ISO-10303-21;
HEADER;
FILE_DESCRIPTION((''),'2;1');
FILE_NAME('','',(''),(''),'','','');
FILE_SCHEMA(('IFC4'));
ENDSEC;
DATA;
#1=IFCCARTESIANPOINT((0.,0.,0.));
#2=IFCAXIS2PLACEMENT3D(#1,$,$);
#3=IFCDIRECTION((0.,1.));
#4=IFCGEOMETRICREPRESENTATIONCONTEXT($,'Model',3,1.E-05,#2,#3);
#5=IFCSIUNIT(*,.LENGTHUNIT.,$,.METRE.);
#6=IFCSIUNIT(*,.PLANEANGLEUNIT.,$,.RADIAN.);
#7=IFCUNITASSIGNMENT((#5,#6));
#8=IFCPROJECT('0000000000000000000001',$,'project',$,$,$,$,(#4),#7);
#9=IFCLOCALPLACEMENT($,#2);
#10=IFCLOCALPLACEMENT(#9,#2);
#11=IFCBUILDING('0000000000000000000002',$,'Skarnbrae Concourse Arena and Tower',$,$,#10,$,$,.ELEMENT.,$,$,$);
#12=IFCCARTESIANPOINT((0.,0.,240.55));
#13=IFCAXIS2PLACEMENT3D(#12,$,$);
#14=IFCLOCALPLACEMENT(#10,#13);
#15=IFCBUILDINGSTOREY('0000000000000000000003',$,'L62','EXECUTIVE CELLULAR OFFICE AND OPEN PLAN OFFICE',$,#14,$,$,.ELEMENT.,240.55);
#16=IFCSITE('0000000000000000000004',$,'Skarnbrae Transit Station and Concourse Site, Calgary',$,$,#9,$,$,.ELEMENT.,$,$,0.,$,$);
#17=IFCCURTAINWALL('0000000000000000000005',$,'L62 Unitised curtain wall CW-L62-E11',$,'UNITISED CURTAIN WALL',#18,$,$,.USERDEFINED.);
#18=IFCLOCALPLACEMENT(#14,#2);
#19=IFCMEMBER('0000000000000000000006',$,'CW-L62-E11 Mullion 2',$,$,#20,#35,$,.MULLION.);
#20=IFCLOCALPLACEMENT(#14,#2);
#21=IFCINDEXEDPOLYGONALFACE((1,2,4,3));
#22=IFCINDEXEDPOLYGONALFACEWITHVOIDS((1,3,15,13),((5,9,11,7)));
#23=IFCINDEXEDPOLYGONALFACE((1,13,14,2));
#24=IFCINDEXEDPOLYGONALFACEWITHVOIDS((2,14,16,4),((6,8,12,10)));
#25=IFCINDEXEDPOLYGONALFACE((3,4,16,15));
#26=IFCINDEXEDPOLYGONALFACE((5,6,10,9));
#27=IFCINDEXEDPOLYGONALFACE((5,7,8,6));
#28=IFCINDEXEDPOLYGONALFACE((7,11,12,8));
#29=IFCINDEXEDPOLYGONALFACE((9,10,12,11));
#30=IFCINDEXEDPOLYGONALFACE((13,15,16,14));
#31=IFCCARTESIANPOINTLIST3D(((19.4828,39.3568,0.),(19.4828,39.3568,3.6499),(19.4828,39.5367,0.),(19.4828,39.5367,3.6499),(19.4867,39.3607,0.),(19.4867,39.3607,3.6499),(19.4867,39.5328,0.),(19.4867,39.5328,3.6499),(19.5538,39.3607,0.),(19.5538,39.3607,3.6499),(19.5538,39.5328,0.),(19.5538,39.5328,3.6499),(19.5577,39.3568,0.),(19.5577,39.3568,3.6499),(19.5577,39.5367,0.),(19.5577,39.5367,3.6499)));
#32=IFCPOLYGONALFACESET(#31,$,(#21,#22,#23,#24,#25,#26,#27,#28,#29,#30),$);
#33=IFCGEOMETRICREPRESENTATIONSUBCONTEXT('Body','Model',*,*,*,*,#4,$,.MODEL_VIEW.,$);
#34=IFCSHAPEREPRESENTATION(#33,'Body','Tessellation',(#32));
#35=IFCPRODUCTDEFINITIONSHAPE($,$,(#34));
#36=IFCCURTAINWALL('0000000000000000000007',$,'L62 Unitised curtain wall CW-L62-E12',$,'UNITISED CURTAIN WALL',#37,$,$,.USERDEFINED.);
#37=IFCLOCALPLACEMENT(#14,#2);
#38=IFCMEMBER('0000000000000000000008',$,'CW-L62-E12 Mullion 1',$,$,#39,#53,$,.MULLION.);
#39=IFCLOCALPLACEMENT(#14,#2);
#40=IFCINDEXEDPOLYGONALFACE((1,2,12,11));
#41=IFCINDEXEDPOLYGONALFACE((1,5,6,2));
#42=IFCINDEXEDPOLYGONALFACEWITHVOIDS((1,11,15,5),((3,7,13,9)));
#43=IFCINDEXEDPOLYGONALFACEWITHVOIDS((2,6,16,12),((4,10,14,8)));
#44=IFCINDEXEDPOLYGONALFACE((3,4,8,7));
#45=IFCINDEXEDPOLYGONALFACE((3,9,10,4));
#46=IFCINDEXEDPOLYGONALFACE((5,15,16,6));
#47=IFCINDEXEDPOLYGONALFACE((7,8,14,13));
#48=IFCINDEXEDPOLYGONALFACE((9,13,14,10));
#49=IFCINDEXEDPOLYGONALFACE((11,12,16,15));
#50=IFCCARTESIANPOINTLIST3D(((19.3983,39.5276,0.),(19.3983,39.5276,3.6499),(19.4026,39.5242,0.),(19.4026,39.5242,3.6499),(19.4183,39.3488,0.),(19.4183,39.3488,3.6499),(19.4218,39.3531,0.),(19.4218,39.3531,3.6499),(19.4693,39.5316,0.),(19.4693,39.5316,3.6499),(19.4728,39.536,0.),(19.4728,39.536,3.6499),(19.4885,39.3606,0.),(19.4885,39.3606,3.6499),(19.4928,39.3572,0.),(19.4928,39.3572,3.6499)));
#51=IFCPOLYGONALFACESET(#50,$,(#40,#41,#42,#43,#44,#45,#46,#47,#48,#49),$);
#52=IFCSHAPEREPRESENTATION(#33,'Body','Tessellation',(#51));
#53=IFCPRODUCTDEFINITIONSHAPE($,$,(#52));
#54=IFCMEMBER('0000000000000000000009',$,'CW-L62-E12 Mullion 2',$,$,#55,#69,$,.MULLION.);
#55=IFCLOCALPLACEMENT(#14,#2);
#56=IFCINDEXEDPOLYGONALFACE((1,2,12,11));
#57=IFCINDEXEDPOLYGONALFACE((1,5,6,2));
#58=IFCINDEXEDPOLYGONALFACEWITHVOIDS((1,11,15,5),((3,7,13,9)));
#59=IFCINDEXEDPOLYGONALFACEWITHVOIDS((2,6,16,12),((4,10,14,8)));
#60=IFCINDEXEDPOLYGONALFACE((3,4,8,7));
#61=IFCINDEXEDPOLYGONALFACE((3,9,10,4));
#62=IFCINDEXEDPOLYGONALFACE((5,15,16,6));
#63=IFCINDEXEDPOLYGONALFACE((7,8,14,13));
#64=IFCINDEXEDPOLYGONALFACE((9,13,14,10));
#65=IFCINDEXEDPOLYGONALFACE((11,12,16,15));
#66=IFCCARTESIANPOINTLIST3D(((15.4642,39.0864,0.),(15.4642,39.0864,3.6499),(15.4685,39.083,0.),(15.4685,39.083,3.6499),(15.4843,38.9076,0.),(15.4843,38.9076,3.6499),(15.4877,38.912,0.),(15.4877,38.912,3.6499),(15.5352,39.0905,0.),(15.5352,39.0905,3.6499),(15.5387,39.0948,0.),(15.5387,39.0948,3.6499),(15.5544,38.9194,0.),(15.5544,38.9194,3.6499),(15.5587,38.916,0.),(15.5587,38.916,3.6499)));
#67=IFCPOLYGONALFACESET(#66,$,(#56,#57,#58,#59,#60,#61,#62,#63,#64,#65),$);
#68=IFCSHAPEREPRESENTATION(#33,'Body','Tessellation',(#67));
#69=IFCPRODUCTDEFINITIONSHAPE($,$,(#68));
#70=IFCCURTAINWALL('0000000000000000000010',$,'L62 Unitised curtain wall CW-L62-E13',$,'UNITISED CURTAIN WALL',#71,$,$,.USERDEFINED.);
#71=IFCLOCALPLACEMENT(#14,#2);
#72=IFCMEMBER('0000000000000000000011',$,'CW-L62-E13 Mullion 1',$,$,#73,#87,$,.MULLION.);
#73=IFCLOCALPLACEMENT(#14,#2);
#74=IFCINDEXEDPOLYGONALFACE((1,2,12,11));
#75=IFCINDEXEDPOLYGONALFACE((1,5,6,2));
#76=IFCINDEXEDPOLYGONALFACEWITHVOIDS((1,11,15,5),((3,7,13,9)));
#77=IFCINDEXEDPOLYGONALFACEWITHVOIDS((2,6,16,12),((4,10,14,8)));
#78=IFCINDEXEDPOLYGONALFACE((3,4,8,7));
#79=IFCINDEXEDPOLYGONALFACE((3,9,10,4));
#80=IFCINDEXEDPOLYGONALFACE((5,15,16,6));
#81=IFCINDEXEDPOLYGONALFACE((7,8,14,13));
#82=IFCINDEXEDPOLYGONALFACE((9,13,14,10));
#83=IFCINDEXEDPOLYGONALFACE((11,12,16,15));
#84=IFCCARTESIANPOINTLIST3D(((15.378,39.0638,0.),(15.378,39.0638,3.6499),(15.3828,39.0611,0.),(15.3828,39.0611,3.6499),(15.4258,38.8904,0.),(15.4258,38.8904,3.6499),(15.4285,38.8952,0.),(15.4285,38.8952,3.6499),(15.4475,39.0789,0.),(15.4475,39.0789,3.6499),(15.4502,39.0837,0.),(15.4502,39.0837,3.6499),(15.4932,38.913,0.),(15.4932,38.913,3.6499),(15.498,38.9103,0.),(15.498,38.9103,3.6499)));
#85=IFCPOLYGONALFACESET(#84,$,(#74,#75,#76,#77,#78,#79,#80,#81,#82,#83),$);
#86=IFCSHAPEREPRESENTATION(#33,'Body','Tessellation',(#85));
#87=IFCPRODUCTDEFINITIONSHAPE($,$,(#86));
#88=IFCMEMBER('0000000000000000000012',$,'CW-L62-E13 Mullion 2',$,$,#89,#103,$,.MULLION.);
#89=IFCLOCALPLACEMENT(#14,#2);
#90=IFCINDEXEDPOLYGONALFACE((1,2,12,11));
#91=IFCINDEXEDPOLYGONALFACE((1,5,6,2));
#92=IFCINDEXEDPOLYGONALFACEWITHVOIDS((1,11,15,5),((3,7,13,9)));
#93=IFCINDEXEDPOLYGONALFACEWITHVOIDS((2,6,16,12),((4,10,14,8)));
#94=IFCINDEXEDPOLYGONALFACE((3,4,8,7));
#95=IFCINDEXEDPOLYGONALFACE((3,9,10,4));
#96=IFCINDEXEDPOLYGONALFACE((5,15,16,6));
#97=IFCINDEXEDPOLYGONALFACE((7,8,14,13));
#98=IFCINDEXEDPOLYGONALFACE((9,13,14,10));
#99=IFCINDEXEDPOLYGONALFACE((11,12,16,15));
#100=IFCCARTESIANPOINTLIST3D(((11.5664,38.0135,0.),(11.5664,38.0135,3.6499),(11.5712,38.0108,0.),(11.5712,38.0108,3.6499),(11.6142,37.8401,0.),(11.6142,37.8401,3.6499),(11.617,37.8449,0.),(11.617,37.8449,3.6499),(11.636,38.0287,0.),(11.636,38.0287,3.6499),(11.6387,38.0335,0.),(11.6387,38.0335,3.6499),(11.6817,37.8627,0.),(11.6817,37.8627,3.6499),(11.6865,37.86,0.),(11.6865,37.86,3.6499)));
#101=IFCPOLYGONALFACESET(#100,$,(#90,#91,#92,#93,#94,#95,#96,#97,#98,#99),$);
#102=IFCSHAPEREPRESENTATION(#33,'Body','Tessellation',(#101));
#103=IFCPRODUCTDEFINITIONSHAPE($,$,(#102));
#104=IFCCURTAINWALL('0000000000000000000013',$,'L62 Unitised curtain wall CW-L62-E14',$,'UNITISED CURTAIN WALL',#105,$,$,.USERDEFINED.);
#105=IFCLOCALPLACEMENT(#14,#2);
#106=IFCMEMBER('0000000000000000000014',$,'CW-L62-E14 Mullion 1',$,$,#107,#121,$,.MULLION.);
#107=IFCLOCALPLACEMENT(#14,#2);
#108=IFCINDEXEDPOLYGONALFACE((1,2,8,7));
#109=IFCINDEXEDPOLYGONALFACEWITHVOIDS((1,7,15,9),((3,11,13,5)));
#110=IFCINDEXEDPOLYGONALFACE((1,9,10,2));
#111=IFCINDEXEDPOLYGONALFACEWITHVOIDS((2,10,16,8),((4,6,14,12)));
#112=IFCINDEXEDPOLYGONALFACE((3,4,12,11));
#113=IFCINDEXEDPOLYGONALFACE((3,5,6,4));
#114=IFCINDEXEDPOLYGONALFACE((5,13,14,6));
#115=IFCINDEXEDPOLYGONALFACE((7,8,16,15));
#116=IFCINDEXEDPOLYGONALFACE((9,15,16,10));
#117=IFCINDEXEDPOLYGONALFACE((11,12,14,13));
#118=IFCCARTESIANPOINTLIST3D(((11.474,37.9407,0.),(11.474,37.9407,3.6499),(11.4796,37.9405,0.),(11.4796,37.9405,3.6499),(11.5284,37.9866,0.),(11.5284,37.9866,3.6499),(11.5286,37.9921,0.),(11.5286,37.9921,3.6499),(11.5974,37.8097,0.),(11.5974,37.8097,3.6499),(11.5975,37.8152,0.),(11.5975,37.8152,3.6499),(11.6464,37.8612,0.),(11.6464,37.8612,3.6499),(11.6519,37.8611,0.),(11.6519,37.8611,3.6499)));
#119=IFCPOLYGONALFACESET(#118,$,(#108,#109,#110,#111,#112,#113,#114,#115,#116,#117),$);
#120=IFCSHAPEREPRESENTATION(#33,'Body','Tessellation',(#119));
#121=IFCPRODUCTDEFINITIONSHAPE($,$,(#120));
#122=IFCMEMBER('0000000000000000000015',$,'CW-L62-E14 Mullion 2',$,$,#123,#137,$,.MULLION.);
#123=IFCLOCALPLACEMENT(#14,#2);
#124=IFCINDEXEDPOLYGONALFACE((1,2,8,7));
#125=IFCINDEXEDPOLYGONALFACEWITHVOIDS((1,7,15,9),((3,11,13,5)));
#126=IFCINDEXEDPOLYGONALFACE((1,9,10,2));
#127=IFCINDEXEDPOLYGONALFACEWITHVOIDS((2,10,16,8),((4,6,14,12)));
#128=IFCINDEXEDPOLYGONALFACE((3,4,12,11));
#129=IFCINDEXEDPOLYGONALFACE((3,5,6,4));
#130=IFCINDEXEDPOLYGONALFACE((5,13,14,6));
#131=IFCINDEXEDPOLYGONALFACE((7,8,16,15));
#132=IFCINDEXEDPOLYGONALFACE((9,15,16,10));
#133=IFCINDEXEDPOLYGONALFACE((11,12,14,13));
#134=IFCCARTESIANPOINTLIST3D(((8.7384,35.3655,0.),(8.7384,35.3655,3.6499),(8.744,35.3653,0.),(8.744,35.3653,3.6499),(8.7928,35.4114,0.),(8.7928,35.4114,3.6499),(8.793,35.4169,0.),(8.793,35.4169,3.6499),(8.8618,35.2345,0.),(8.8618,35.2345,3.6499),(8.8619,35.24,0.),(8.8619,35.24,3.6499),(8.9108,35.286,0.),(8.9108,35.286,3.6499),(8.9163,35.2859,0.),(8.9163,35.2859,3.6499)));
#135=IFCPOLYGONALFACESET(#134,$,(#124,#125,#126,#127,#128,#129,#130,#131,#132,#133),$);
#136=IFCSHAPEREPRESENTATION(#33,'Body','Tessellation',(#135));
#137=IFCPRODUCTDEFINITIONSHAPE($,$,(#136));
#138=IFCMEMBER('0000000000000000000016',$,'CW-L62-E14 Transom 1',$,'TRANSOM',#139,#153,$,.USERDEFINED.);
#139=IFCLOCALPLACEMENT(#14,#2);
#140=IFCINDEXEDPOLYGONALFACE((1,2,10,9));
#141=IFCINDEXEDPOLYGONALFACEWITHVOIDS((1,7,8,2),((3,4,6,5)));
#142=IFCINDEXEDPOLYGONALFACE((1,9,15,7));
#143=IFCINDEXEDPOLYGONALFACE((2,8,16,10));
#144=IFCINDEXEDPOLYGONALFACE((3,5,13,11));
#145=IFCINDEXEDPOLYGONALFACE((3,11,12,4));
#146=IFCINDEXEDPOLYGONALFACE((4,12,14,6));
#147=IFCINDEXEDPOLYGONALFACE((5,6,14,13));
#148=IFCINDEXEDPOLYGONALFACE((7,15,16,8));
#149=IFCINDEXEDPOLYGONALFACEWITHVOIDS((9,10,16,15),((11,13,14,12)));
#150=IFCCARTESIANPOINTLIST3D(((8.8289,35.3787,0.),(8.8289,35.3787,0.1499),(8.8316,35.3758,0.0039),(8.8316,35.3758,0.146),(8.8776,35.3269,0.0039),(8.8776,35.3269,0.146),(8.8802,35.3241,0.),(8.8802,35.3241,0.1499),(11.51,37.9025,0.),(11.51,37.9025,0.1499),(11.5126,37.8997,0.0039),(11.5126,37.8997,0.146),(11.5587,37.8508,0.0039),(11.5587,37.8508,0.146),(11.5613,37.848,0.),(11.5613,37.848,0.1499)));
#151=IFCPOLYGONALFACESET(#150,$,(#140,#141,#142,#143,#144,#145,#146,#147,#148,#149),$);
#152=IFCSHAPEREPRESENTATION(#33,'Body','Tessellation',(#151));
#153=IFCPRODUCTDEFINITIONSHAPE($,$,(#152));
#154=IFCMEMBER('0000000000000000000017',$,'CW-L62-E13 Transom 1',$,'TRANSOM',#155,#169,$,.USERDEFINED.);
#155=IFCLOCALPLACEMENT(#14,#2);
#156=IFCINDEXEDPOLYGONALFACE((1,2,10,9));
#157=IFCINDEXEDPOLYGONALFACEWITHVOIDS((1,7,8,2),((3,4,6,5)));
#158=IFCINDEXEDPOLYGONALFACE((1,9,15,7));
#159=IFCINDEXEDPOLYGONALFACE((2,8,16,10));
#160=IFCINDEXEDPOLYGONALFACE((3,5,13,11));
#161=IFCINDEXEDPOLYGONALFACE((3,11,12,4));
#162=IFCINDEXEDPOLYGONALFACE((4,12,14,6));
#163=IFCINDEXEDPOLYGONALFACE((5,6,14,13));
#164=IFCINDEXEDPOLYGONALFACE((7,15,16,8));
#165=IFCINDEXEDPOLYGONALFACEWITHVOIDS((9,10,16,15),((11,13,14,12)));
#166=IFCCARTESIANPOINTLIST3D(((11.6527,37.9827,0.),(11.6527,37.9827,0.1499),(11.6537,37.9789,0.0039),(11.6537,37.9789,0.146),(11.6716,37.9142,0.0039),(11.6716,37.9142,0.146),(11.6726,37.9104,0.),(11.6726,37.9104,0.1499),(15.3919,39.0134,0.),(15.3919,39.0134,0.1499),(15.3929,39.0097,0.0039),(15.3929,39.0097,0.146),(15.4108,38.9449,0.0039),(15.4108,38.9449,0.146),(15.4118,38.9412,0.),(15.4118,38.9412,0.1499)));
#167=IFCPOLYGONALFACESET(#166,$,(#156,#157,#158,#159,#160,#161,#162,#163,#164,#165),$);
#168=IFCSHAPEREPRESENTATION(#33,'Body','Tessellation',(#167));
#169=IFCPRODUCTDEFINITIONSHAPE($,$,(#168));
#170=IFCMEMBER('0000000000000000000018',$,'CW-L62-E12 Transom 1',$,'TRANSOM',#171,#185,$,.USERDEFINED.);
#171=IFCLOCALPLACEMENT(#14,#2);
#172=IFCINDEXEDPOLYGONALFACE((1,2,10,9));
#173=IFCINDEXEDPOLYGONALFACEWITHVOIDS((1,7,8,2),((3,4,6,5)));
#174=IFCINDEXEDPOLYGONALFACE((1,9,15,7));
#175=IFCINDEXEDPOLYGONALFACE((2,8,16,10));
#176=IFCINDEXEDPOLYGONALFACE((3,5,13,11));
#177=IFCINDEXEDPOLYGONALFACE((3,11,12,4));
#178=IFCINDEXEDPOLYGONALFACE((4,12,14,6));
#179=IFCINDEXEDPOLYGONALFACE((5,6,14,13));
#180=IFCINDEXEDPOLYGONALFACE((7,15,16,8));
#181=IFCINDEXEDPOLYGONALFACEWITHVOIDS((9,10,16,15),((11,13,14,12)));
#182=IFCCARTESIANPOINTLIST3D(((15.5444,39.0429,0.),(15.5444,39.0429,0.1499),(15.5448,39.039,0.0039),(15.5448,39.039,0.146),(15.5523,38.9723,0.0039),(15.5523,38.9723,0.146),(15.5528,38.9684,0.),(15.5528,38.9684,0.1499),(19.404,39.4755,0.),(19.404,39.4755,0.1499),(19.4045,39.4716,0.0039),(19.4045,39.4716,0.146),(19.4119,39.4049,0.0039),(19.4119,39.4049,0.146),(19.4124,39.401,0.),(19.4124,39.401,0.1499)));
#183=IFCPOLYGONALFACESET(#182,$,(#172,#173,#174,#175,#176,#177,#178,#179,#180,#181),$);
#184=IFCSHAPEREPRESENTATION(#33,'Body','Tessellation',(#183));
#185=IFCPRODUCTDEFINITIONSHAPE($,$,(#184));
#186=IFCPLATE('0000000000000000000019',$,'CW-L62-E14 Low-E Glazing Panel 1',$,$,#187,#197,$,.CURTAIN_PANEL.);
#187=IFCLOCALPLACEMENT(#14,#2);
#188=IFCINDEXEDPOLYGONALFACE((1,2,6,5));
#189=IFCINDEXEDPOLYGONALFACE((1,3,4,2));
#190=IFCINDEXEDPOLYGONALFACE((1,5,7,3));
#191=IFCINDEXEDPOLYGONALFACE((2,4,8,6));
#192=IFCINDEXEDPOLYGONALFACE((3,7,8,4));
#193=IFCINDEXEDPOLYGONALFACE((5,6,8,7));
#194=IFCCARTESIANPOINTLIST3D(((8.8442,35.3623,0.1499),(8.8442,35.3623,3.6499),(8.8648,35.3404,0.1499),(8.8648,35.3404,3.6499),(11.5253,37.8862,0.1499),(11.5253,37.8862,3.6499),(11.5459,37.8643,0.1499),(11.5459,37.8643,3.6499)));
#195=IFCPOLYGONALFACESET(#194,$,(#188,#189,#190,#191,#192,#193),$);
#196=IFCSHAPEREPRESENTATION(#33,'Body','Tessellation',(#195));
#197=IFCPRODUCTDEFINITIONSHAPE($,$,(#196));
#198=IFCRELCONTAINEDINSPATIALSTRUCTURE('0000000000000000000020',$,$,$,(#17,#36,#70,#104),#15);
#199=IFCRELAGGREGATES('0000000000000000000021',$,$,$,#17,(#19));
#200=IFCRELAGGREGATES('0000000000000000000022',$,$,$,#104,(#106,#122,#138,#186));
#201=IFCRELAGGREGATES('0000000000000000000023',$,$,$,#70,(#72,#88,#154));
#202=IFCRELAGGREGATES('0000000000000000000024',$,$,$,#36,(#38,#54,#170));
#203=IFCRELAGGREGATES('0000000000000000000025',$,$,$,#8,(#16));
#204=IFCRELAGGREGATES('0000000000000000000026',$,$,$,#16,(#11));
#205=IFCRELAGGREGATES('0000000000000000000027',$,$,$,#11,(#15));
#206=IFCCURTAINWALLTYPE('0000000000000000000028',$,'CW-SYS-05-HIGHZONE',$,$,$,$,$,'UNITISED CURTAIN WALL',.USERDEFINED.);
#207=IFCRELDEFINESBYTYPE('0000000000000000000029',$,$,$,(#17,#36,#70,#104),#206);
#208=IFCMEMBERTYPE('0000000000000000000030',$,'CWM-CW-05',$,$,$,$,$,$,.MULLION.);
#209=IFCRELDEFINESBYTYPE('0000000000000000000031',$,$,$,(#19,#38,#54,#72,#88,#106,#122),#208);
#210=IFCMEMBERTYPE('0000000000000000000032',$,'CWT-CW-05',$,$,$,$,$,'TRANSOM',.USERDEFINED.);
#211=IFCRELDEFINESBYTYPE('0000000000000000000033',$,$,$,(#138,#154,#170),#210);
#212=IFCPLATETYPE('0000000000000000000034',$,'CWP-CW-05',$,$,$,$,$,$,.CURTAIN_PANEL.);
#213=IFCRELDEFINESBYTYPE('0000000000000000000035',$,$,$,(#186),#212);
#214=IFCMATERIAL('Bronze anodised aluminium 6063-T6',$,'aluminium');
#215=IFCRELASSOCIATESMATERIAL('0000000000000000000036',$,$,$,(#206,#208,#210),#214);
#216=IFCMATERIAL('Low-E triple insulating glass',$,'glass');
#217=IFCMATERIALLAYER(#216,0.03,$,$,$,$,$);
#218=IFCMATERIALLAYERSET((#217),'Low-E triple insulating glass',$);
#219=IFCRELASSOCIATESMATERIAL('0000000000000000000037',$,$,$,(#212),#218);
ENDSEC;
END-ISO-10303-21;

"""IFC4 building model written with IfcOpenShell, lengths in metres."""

from ifc_helpers import new_model, si_unit, direction, frame, origin, origin_2d, place, context, subcontext, project, spatial, rectangle, hollow_rectangle, extrude, source, transform, mapped, material, layer, layer_set, material_profile, profile_set, type_object, element, aggregate, save


model = new_model("IFC4")

# Units and contexts
model_context = context("Model", 3, precision=1e-05, world=origin(), true_north=direction((0.0, 1.0)))
body_context = subcontext(model_context, "Body", "Model", "MODEL_VIEW")
ifc_project = project(units=[si_unit("LENGTHUNIT", "METRE"), si_unit("PLANEANGLEUNIT", "RADIAN")], contexts=[model_context])

# Site, building, storey
site_placement = place(None, origin())
site = spatial("IfcSite", under=ifc_project, at=site_placement, Name="Skarnbrae Transit Station and Concourse Site, Calgary", CompositionType="ELEMENT", RefElevation=0.0)
building_placement = place(site_placement, origin())
building = spatial("IfcBuilding", under=site, at=building_placement, Name="Skarnbrae Concourse Arena and Tower", CompositionType="ELEMENT")
storey_placement = place(building_placement, frame((0.0, 0.0, 240.55)))
storey = spatial("IfcBuildingStorey", under=building, at=storey_placement, Name="L62", Description="EXECUTIVE CELLULAR OFFICE AND OPEN PLAN OFFICE", CompositionType="ELEMENT", Elevation=240.55)

# Curtain wall, member
ifc_material_1 = material(Name="Bronze anodised aluminium 6063-T6", Category="aluminium")
curtain_wall_type = type_object("IfcCurtainWallType", Name="CW-SYS-05-HIGHZONE", ElementType="UNITISED CURTAIN WALL", PredefinedType="USERDEFINED", material=ifc_material_1)
curtain_wall_1_placement = place(storey_placement, origin())
curtain_wall_1 = element("IfcCurtainWall", 1, at=curtain_wall_1_placement, inside=storey, type_object=curtain_wall_type, Name="L62 Unitised curtain wall CW-L62-E11", ObjectType="UNITISED CURTAIN WALL", PredefinedType="USERDEFINED")
ifc_material_profile_1 = material_profile(ifc_material_1, hollow_rectangle(XDim=0.075, YDim=0.1799, WallThickness=0.0039, at=origin_2d()), Name="ALU-MULL-75X180")
ifc_profile_set_1 = profile_set([ifc_material_profile_1], Name="Bronze anodised aluminium 6063-T6")
member_type_1 = type_object("IfcMemberType", Name="CWM-CW-05", PredefinedType="MULLION", material=ifc_profile_set_1)
shared_shape_1 = source(origin(), body_context, "Body", "SweptSolid", [
    extrude(hollow_rectangle(XDim=0.075, YDim=0.1799, WallThickness=0.0039, at=origin_2d()), origin(), (0.0, 0.0, 1.0), 3.6499),
])
member_1_placement = place(storey_placement, frame((19.5203, 39.4468, 0.0), z_axis=(0.0, 0.0, 1.0), x_axis=(-1.0, 0.0, 0.0)))
member_1 = element("IfcMember", 2, at=member_1_placement, type_object=member_type_1, Name="CW-L62-E11 Mullion 2", PredefinedType="MULLION", context=body_context, shape_type="MappedRepresentation", body=[
    mapped(shared_shape_1, transform((0.0, 0.0, 0.0))),
])
aggregate(curtain_wall_1, [member_1])

# Curtain walls, members
curtain_wall_2_placement = place(storey_placement, origin())
curtain_wall_2 = element("IfcCurtainWall", 3, at=curtain_wall_2_placement, inside=storey, type_object=curtain_wall_type, Name="L62 Unitised curtain wall CW-L62-E12", ObjectType="UNITISED CURTAIN WALL", PredefinedType="USERDEFINED")
member_2_placement = place(storey_placement, frame((19.4456, 39.4424, 0.0), z_axis=(0.0, 0.0, 1.0), x_axis=(-0.993769, -0.11146, 0.0)))
member_2 = element("IfcMember", 4, at=member_2_placement, type_object=member_type_1, Name="CW-L62-E12 Mullion 1", PredefinedType="MULLION", context=body_context, shape_type="MappedRepresentation", body=[
    mapped(shared_shape_1, transform((0.0, 0.0, 0.0))),
])
member_3_placement = place(storey_placement, frame((15.5115, 39.0012, 0.0), z_axis=(0.0, 0.0, 1.0), x_axis=(-0.993769, -0.11146, 0.0)))
member_3 = element("IfcMember", 5, at=member_3_placement, type_object=member_type_1, Name="CW-L62-E12 Mullion 2", PredefinedType="MULLION", context=body_context, shape_type="MappedRepresentation", body=[
    mapped(shared_shape_1, transform((0.0, 0.0, 0.0))),
])
curtain_wall_3_placement = place(storey_placement, origin())
curtain_wall_3 = element("IfcCurtainWall", 6, at=curtain_wall_3_placement, inside=storey, type_object=curtain_wall_type, Name="L62 Unitised curtain wall CW-L62-E13", ObjectType="UNITISED CURTAIN WALL", PredefinedType="USERDEFINED")
member_4_placement = place(storey_placement, frame((15.438, 38.9871, 0.0), z_axis=(0.0, 0.0, 1.0), x_axis=(-0.964057, -0.265694, 0.0)))
member_4 = element("IfcMember", 7, at=member_4_placement, type_object=member_type_1, Name="CW-L62-E13 Mullion 1", PredefinedType="MULLION", context=body_context, shape_type="MappedRepresentation", body=[
    mapped(shared_shape_1, transform((0.0, 0.0, 0.0))),
])
member_5_placement = place(storey_placement, frame((11.6265, 37.9368, 0.0), z_axis=(0.0, 0.0, 1.0), x_axis=(-0.964057, -0.265694, 0.0)))
member_5 = element("IfcMember", 8, at=member_5_placement, type_object=member_type_1, Name="CW-L62-E13 Mullion 2", PredefinedType="MULLION", context=body_context, shape_type="MappedRepresentation", body=[
    mapped(shared_shape_1, transform((0.0, 0.0, 0.0))),
])
curtain_wall_4_placement = place(storey_placement, origin())
curtain_wall_4 = element("IfcCurtainWall", 9, at=curtain_wall_4_placement, inside=storey, type_object=curtain_wall_type, Name="L62 Unitised curtain wall CW-L62-E14", ObjectType="UNITISED CURTAIN WALL", PredefinedType="USERDEFINED")
member_6_placement = place(storey_placement, frame((11.563, 37.9009, 0.0), z_axis=(0.0, 0.0, 1.0), x_axis=(-0.728131, -0.685438, 0.0)))
member_6 = element("IfcMember", 10, at=member_6_placement, type_object=member_type_1, Name="CW-L62-E14 Mullion 1", PredefinedType="MULLION", context=body_context, shape_type="MappedRepresentation", body=[
    mapped(shared_shape_1, transform((0.0, 0.0, 0.0))),
])
member_7_placement = place(storey_placement, frame((8.8274, 35.3257, 0.0), z_axis=(0.0, 0.0, 1.0), x_axis=(-0.728131, -0.685438, 0.0)))
member_7 = element("IfcMember", 11, at=member_7_placement, type_object=member_type_1, Name="CW-L62-E14 Mullion 2", PredefinedType="MULLION", context=body_context, shape_type="MappedRepresentation", body=[
    mapped(shared_shape_1, transform((0.0, 0.0, 0.0))),
])
ifc_material_profile_2 = material_profile(ifc_material_1, hollow_rectangle(XDim=0.075, YDim=0.1499, WallThickness=0.0039, at=origin_2d()), Name="ALU-TRAN-75X150")
ifc_profile_set_2 = profile_set([ifc_material_profile_2], Name="Bronze anodised aluminium 6063-T6")
member_type_2 = type_object("IfcMemberType", Name="CWT-CW-05", ElementType="TRANSOM", PredefinedType="USERDEFINED", material=ifc_profile_set_2)
shared_shape_2 = source(origin(), body_context, "Body", "SweptSolid", [
    extrude(hollow_rectangle(XDim=0.075, YDim=0.1499, WallThickness=0.0039, at=origin_2d()), origin(), (0.0, 0.0, 1.0), 3.6821),
])
member_8_placement = place(storey_placement, frame((11.5356, 37.8752, 0.075), z_axis=(-0.728134, -0.685435, 0.0), x_axis=(0.685435, -0.728134, 0.0)))
member_8 = element("IfcMember", 12, at=member_8_placement, type_object=member_type_2, Name="CW-L62-E14 Transom 1", ObjectType="TRANSOM", PredefinedType="USERDEFINED", context=body_context, shape_type="MappedRepresentation", body=[
    mapped(shared_shape_2, transform((0.0, 0.0, 0.0))),
])

# Members
shared_shape_3 = source(origin(), body_context, "Body", "SweptSolid", [
    extrude(hollow_rectangle(XDim=0.075, YDim=0.1499, WallThickness=0.0039, at=origin_2d()), origin(), (0.0, 0.0, 1.0), 3.8787),
])
member_9_placement = place(storey_placement, frame((15.4019, 38.9773, 0.075), z_axis=(-0.964043, -0.265747, 0.0), x_axis=(0.265747, -0.964043, 0.0)))
member_9 = element("IfcMember", 13, at=member_9_placement, type_object=member_type_2, Name="CW-L62-E13 Transom 1", ObjectType="TRANSOM", PredefinedType="USERDEFINED", context=body_context, shape_type="MappedRepresentation", body=[
    mapped(shared_shape_3, transform((0.0, 0.0, 0.0))),
])
shared_shape_4 = source(origin(), body_context, "Body", "SweptSolid", [
    extrude(hollow_rectangle(XDim=0.075, YDim=0.1499, WallThickness=0.0039, at=origin_2d()), origin(), (0.0, 0.0, 1.0), 3.8838),
])
member_10_placement = place(storey_placement, frame((19.4082, 39.4382, 0.075), z_axis=(-0.993777, -0.11139, 0.0), x_axis=(0.11139, -0.993777, 0.0)))
member_10 = element("IfcMember", 14, at=member_10_placement, type_object=member_type_2, Name="CW-L62-E12 Transom 1", ObjectType="TRANSOM", PredefinedType="USERDEFINED", context=body_context, shape_type="MappedRepresentation", body=[
    mapped(shared_shape_4, transform((0.0, 0.0, 0.0))),
])

# Plate
ifc_material_2 = material(Name="Low-E triple insulating glass", Category="glass")
ifc_layer = layer(ifc_material_2, 0.03)
ifc_layer_set = layer_set([ifc_layer], Name="Low-E triple insulating glass")
plate_type = type_object("IfcPlateType", Name="CWP-CW-05", PredefinedType="CURTAIN_PANEL", material=ifc_layer_set)
shared_shape_5 = source(origin(), body_context, "Body", "SweptSolid", [
    extrude(rectangle(XDim=3.6821, YDim=0.03, at=origin_2d()), origin(), (0.0, 0.0, 1.0), 3.5),
])
plate_1_placement = place(storey_placement, frame((10.1951, 36.6133, 0.1499), z_axis=(0.0, 0.0, 1.0), x_axis=(-0.728131, -0.685438, 0.0)))
plate_1 = element("IfcPlate", 15, at=plate_1_placement, type_object=plate_type, Name="CW-L62-E14 Low-E Glazing Panel 1", PredefinedType="CURTAIN_PANEL", context=body_context, shape_type="MappedRepresentation", body=[
    mapped(shared_shape_5, transform((0.0, 0.0, 0.0))),
])
aggregate(curtain_wall_4, [member_6, member_7, member_8, plate_1])
aggregate(curtain_wall_3, [member_4, member_5, member_9])
aggregate(curtain_wall_2, [member_2, member_3, member_10])

save(model, "model.ifc")
